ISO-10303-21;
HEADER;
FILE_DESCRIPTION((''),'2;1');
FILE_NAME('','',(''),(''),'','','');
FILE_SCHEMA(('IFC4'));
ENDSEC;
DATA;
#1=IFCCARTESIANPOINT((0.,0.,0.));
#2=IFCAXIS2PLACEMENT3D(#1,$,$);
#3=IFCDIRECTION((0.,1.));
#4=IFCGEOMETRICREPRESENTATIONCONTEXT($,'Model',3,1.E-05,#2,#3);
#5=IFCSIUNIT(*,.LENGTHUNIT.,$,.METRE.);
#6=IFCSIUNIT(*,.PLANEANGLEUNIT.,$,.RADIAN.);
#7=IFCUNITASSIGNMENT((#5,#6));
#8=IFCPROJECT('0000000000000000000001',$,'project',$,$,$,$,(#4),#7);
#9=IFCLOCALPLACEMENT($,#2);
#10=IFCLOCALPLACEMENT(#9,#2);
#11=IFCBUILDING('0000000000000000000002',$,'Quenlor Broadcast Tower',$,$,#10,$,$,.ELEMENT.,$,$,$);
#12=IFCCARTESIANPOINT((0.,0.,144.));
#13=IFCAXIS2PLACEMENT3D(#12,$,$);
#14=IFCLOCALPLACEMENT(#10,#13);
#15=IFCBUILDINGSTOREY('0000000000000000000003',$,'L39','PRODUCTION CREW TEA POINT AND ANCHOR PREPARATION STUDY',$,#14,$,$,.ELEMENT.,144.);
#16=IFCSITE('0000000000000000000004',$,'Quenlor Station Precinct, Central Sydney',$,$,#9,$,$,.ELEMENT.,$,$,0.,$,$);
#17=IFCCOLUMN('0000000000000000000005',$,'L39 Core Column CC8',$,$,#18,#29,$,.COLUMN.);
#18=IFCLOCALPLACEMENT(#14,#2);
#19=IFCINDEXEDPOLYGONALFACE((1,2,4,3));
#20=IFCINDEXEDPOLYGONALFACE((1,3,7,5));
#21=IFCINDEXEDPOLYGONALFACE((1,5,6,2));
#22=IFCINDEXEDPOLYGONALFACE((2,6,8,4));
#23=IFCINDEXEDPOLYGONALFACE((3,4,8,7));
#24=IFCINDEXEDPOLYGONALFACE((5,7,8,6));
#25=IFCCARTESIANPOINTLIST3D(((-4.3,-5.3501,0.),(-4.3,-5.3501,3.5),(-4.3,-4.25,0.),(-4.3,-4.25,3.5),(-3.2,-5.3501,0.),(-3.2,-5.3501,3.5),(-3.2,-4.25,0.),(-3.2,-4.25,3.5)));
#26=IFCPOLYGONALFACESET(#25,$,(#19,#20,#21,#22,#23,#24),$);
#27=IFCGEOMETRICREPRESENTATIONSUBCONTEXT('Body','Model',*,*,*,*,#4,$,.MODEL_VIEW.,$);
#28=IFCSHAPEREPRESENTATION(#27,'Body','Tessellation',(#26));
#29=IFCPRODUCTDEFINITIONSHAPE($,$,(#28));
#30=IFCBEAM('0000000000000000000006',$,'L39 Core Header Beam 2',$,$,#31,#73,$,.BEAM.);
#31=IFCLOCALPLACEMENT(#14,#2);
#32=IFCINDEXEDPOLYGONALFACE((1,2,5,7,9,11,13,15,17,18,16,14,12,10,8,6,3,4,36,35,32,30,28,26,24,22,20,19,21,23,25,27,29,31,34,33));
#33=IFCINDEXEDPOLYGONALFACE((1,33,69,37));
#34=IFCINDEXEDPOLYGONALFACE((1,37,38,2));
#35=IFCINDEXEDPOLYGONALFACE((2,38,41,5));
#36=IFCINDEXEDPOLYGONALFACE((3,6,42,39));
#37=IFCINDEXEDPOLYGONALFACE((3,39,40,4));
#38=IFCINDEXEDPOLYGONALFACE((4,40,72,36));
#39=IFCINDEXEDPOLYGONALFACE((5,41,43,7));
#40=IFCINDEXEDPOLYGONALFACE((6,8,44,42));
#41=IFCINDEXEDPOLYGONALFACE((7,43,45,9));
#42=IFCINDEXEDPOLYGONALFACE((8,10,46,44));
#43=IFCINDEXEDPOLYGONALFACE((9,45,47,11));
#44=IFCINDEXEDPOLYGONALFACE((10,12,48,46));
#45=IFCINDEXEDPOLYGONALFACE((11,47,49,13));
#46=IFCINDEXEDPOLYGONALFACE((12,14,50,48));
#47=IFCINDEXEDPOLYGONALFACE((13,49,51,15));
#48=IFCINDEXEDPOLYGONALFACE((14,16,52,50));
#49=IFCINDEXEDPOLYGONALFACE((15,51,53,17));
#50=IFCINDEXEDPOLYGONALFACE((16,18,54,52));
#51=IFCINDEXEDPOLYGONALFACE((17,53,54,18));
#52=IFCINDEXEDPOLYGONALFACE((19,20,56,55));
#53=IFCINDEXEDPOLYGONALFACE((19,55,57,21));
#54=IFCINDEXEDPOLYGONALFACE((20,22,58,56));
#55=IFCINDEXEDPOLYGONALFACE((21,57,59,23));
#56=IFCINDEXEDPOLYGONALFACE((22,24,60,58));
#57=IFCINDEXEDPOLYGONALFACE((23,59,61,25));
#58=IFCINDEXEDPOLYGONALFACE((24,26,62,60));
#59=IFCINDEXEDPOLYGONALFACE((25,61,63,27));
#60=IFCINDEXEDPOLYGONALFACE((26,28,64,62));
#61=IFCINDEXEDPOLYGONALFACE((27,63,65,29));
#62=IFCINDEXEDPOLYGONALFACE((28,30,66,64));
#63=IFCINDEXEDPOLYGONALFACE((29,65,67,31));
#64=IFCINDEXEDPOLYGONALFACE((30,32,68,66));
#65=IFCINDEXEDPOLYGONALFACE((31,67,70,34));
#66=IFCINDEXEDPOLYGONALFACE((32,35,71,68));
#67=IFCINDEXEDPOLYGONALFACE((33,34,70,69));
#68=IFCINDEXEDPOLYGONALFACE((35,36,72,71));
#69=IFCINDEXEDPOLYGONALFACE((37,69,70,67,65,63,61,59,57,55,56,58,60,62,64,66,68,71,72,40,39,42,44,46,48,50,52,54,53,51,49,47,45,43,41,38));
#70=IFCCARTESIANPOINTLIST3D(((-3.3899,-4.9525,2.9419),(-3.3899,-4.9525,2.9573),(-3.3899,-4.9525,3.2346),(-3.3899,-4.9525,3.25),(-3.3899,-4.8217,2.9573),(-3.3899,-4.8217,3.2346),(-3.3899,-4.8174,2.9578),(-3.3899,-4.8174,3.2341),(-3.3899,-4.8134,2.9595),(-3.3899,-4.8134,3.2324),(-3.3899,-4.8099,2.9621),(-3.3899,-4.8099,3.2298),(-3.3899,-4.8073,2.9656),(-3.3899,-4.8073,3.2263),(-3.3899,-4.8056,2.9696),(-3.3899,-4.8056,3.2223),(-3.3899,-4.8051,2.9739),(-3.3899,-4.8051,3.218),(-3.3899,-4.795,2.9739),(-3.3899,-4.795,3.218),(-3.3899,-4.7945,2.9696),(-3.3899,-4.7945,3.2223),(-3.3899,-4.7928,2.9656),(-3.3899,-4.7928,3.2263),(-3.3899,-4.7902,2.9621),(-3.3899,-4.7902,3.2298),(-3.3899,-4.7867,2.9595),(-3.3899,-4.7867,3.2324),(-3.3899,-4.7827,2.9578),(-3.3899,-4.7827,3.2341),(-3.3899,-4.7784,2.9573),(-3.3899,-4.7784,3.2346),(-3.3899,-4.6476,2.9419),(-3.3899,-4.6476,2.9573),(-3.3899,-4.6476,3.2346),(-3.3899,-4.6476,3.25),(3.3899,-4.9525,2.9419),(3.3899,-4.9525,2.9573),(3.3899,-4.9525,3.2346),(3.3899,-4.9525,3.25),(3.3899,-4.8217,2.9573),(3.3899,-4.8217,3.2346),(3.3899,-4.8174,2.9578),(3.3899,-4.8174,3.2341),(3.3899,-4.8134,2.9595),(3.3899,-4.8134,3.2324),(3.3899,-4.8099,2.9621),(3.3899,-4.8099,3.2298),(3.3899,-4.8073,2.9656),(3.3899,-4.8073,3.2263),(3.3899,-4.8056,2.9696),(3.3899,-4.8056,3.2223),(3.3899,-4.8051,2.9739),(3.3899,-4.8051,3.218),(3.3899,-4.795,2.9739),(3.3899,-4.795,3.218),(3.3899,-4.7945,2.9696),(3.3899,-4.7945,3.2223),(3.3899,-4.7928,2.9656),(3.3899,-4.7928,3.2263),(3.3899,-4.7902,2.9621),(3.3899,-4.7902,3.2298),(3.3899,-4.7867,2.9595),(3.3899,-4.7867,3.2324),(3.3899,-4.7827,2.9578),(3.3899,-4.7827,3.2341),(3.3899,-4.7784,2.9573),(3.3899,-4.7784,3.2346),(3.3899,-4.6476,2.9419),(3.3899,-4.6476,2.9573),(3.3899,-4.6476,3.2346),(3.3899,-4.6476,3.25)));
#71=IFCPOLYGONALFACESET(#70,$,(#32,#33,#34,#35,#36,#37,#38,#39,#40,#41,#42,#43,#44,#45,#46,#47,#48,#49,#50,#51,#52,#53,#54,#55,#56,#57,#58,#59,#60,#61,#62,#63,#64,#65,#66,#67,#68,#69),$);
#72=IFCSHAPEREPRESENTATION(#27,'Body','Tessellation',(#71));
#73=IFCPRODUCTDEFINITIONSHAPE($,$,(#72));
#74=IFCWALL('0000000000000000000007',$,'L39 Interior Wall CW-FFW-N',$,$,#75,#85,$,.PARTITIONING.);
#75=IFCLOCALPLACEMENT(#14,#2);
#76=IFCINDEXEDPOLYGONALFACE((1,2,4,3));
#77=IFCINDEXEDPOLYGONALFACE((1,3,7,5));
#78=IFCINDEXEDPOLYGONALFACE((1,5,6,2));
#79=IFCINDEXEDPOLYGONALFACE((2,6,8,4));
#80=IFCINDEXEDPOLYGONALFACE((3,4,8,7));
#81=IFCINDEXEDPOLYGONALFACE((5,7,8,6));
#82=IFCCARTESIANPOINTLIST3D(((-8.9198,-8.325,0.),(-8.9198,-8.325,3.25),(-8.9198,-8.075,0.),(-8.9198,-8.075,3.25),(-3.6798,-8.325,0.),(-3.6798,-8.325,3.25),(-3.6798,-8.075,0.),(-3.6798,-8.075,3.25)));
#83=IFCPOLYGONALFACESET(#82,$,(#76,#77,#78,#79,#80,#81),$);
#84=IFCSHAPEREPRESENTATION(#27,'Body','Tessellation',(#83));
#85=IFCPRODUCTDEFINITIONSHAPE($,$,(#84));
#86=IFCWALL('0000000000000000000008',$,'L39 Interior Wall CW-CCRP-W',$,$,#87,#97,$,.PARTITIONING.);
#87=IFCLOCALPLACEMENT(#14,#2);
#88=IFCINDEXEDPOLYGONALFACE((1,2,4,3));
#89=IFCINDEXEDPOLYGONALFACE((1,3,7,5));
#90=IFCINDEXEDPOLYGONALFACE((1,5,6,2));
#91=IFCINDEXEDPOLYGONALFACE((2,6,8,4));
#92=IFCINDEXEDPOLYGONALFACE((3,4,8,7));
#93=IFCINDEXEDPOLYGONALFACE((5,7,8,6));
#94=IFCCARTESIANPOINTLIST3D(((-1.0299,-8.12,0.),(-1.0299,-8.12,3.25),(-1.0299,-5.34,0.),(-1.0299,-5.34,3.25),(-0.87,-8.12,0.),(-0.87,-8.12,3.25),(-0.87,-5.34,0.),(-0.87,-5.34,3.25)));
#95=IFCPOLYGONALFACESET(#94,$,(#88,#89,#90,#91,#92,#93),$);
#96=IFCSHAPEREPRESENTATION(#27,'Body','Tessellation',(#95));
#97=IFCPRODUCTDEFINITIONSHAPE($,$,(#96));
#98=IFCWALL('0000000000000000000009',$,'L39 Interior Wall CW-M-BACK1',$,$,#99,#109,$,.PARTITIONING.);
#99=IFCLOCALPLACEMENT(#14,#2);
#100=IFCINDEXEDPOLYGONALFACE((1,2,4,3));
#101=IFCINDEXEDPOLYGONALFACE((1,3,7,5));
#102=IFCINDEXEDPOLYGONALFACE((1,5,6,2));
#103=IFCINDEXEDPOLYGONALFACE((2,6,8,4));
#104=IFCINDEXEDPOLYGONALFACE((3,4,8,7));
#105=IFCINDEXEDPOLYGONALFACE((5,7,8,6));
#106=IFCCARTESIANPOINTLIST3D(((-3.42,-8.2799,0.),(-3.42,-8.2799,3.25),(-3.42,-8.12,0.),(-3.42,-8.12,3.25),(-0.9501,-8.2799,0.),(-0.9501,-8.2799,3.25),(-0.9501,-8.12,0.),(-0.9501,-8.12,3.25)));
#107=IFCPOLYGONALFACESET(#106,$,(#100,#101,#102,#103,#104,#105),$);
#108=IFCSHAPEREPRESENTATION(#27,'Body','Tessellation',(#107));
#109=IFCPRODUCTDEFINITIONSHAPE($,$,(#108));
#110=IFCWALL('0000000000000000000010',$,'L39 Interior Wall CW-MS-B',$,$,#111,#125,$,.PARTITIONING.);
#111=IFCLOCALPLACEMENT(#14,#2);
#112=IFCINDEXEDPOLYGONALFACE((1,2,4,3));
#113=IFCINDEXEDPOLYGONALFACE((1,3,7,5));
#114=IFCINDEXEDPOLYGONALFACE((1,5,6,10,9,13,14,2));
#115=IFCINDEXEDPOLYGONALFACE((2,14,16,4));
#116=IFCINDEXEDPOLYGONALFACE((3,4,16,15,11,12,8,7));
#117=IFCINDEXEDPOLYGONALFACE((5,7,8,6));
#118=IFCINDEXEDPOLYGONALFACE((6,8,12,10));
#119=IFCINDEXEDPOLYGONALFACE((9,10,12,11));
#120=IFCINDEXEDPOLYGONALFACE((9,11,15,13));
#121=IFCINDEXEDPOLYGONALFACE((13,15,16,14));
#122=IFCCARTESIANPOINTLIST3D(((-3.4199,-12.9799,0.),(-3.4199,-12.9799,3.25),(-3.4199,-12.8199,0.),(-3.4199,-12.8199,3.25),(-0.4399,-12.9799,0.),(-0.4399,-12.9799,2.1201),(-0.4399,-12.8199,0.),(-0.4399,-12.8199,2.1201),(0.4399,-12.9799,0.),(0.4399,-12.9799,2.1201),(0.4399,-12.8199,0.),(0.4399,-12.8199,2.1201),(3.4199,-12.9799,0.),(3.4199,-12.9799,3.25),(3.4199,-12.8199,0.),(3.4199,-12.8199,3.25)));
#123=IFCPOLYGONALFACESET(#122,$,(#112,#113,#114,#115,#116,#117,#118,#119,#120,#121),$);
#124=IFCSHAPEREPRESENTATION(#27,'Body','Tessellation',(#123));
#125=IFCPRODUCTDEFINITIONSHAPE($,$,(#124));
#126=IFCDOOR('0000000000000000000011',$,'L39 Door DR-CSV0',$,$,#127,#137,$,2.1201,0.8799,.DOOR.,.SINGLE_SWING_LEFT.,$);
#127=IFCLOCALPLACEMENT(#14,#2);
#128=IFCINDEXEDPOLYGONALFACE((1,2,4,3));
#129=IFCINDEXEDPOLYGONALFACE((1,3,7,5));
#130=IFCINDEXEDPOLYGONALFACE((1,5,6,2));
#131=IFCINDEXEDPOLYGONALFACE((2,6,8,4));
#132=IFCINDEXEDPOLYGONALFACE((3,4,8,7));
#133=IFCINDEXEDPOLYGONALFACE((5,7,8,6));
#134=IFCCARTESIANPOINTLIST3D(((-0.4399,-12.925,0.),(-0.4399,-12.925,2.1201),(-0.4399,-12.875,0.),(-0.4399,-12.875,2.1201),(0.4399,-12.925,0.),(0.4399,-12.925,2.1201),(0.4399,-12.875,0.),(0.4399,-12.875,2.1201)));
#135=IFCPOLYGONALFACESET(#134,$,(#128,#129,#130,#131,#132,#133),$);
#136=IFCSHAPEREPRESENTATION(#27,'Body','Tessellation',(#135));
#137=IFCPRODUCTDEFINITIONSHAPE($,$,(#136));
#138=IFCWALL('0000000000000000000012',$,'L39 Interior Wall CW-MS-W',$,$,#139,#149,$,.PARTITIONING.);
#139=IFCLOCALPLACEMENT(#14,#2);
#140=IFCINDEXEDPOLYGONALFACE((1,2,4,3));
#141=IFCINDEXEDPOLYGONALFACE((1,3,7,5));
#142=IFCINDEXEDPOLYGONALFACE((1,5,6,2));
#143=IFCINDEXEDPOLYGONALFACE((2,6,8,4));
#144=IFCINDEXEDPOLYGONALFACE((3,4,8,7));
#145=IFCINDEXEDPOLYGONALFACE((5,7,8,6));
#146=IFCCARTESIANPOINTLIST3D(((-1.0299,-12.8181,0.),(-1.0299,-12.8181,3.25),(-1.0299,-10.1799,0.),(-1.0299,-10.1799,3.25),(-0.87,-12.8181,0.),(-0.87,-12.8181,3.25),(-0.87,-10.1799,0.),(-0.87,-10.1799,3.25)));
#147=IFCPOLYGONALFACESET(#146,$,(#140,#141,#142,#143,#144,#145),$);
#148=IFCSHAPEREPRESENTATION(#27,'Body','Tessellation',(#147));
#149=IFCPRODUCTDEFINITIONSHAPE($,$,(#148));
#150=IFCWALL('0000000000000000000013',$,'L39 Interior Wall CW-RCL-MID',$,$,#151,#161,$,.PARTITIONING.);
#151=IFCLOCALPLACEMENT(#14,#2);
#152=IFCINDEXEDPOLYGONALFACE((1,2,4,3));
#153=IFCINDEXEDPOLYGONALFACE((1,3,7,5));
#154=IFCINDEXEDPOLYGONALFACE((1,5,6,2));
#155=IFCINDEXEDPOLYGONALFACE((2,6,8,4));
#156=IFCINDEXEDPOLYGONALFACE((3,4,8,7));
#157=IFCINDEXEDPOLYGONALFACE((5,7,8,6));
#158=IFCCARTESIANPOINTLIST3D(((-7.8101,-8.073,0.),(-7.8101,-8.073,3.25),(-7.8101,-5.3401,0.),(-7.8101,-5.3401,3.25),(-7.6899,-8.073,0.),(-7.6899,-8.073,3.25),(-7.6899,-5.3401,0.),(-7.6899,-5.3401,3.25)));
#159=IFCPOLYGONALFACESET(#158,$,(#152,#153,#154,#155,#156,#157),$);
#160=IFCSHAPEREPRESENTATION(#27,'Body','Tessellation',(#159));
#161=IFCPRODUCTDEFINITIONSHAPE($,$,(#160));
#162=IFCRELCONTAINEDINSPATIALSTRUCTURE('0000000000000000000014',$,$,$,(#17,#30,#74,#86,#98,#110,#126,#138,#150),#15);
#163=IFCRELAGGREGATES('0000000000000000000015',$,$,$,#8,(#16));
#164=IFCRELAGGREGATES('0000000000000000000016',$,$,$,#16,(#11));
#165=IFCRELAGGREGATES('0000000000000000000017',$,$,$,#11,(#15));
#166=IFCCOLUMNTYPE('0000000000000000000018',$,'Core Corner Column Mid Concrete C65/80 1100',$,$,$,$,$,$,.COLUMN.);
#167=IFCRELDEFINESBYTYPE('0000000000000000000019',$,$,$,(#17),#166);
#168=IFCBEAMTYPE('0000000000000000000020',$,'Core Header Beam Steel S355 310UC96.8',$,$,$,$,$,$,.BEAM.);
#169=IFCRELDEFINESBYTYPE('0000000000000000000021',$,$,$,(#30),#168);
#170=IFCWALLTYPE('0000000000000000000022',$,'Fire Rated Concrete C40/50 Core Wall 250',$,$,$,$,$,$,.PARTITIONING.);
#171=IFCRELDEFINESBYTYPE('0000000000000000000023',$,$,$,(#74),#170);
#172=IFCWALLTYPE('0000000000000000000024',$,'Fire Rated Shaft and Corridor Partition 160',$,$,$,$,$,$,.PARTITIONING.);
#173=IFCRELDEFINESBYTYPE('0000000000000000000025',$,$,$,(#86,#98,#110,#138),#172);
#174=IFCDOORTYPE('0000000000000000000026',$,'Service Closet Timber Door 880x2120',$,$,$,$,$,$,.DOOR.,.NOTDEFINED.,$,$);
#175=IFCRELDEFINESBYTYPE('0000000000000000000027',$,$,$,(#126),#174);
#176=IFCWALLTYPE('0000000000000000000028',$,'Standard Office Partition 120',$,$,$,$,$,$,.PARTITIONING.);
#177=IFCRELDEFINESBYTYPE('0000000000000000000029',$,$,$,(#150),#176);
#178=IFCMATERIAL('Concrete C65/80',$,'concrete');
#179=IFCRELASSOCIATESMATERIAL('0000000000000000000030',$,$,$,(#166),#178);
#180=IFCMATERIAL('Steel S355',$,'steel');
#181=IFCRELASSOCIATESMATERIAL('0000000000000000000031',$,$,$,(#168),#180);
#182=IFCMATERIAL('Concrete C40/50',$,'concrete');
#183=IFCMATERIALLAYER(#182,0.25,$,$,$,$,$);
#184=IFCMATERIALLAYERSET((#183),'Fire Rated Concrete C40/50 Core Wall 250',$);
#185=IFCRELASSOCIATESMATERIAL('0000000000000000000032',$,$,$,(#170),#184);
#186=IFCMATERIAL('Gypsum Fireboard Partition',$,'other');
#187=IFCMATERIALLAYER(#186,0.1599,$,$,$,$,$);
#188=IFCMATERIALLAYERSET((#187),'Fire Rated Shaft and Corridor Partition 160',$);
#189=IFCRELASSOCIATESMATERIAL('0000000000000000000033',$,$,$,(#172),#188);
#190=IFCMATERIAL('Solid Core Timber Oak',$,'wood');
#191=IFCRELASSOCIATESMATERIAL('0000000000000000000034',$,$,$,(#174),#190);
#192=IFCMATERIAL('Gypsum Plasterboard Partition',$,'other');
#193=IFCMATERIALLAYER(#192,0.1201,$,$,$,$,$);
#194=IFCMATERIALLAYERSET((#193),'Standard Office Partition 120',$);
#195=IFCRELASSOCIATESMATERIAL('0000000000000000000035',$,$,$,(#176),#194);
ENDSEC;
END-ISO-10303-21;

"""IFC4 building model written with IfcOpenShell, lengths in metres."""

from ifc_helpers import new_model, si_unit, direction, frame, frame_2d, origin, origin_2d, place, context, subcontext, project, spatial, rectangle, i_section, extrude, material, layer, layer_set, material_profile, profile_set, type_object, element, fill, save


model = new_model("IFC4")

# Units and contexts
model_context = context("Model", 3, precision=1e-05, world=origin(), true_north=direction((0.0, 1.0)))
body_context = subcontext(model_context, "Body", "Model", "MODEL_VIEW")
ifc_project = project(units=[si_unit("LENGTHUNIT", "METRE"), si_unit("PLANEANGLEUNIT", "RADIAN")], contexts=[model_context])

# Site, building, storey
site_placement = place(None, origin())
site = spatial("IfcSite", under=ifc_project, at=site_placement, Name="Quenlor Station Precinct, Central Sydney", CompositionType="ELEMENT", RefElevation=0.0)
building_placement = place(site_placement, origin())
building = spatial("IfcBuilding", under=site, at=building_placement, Name="Quenlor Broadcast Tower", CompositionType="ELEMENT")
storey_placement = place(building_placement, frame((0.0, 0.0, 144.0)))
storey = spatial("IfcBuildingStorey", under=building, at=storey_placement, Name="L39", Description="PRODUCTION CREW TEA POINT AND ANCHOR PREPARATION STUDY", CompositionType="ELEMENT", Elevation=144.0)

# Column
ifc_material_1 = material(Name="Concrete C65/80", Category="concrete")
ifc_material_profile_1 = material_profile(ifc_material_1, rectangle(XDim=1.1001, YDim=1.1001, at=origin_2d()))
ifc_profile_set_1 = profile_set([ifc_material_profile_1], Name="Concrete C65/80 RC1100x1100")
column_type = type_object("IfcColumnType", Name="Core Corner Column Mid Concrete C65/80 1100", PredefinedType="COLUMN", material=ifc_profile_set_1)
column_placement = place(storey_placement, frame((-3.75, -4.8, 0.0), z_axis=(0.0, 0.0, 1.0), x_axis=(1.0, 0.0, 0.0)))
element("IfcColumn", 1, at=column_placement, inside=storey, type_object=column_type, Name="L39 Core Column CC8", PredefinedType="COLUMN", context=body_context, shape_type="SweptSolid", body=[
    extrude(rectangle(XDim=1.1001, YDim=1.1001, at=origin_2d()), origin(), (0.0, 0.0, 1.0), 3.5),
])

# Beam
ifc_material_2 = material(Name="Steel S355", Category="steel")
ifc_material_profile_2 = material_profile(ifc_material_2, i_section(OverallWidth=0.3049, OverallDepth=0.3081, WebThickness=0.01, FlangeThickness=0.0154, FilletRadius=0.0166, at=origin_2d()))
ifc_profile_set_2 = profile_set([ifc_material_profile_2], Name="Steel S355 310UC96.8")
beam_type = type_object("IfcBeamType", Name="Core Header Beam Steel S355 310UC96.8", PredefinedType="BEAM", material=ifc_profile_set_2)
beam_placement = place(storey_placement, frame((-3.3899, -4.8, 3.0959), z_axis=(1.0, 0.0, 0.0), x_axis=(0.0, 1.0, 0.0)))
element("IfcBeam", 2, at=beam_placement, inside=storey, type_object=beam_type, Name="L39 Core Header Beam 2", PredefinedType="BEAM", context=body_context, shape_type="SweptSolid", body=[
    extrude(i_section(OverallWidth=0.3049, OverallDepth=0.3081, WebThickness=0.01, FlangeThickness=0.0154, FilletRadius=0.0166, at=origin_2d()), origin(), (0.0, 0.0, 1.0), 6.7798),
])

# Shared definitions
ifc_material_3 = material(Name="Concrete C40/50", Category="concrete")
ifc_layer_1 = layer(ifc_material_3, 0.25)
ifc_layer_set_1 = layer_set([ifc_layer_1], Name="Fire Rated Concrete C40/50 Core Wall 250")
wall_type_1 = type_object("IfcWallType", Name="Fire Rated Concrete C40/50 Core Wall 250", PredefinedType="PARTITIONING", material=ifc_layer_set_1)

# Wall
wall_1_placement = place(storey_placement, frame((-8.9199, -8.2, 0.0), z_axis=(0.0, 0.0, 1.0), x_axis=(1.0, 0.0, 0.0)))
element("IfcWall", 3, at=wall_1_placement, inside=storey, type_object=wall_type_1, Name="L39 Interior Wall CW-FFW-N", PredefinedType="PARTITIONING", context=body_context, shape_type="SweptSolid", body=[
    extrude(rectangle(XDim=5.24, YDim=0.25, at=frame_2d((2.6201, 0.0))), origin(), (0.0, 0.0, 1.0), 3.25),
])

# Walls
ifc_material_4 = material(Name="Gypsum Fireboard Partition", Category="other")
ifc_layer_2 = layer(ifc_material_4, 0.1599)
ifc_layer_set_2 = layer_set([ifc_layer_2], Name="Fire Rated Shaft and Corridor Partition 160")
wall_type_2 = type_object("IfcWallType", Name="Fire Rated Shaft and Corridor Partition 160", PredefinedType="PARTITIONING", material=ifc_layer_set_2)
wall_2_placement = place(storey_placement, frame((-0.95, -8.1201, 0.0), z_axis=(0.0, 0.0, 1.0), x_axis=(0.0, 1.0, 0.0)))
element("IfcWall", 4, at=wall_2_placement, inside=storey, type_object=wall_type_2, Name="L39 Interior Wall CW-CCRP-W", PredefinedType="PARTITIONING", context=body_context, shape_type="SweptSolid", body=[
    extrude(rectangle(XDim=2.78, YDim=0.1599, at=frame_2d((1.3901, 0.0))), origin(), (0.0, 0.0, 1.0), 3.25),
])
wall_3_placement = place(storey_placement, frame((-3.4199, -8.2, 0.0), z_axis=(0.0, 0.0, 1.0), x_axis=(1.0, 0.0, 0.0)))
element("IfcWall", 5, at=wall_3_placement, inside=storey, type_object=wall_type_2, Name="L39 Interior Wall CW-M-BACK1", PredefinedType="PARTITIONING", context=body_context, shape_type="SweptSolid", body=[
    extrude(rectangle(XDim=2.47, YDim=0.1599, at=frame_2d((1.2349, 0.0))), origin(), (0.0, 0.0, 1.0), 3.25),
])

# Wall, opening, door
wall_4_placement = place(storey_placement, frame((-3.4199, -12.8999, 0.0), z_axis=(0.0, 0.0, 1.0), x_axis=(1.0, 0.0, 0.0)))
wall_4 = element("IfcWall", 6, at=wall_4_placement, inside=storey, type_object=wall_type_2, Name="L39 Interior Wall CW-MS-B", PredefinedType="PARTITIONING", context=body_context, shape_type="SweptSolid", body=[
    extrude(rectangle(XDim=6.8398, YDim=0.1599, at=frame_2d((3.4199, 0.0))), origin(), (0.0, 0.0, 1.0), 3.25),
])
opening_1_placement = place(wall_4_placement, frame((2.98, 0.0, 0.0)))
opening_1 = element("IfcOpeningElement", 7, at=opening_1_placement, cuts=wall_4, PredefinedType="OPENING", context=body_context, shape_type="SweptSolid", body=[
    extrude(rectangle(XDim=0.8799, YDim=2.1201, at=frame_2d((0.4399, 1.0601))), frame((0.0, 0.0898, 0.0), z_axis=(0.0, -1.0, 0.0), x_axis=(1.0, 0.0, 0.0)), (0.0, 0.0, 1.0), 0.1799),
])
ifc_material_5 = material(Name="Solid Core Timber Oak", Category="wood")
door_type_1 = type_object("IfcDoorType", Name="Service Closet Timber Door 880x2120", OperationType="NOTDEFINED", PredefinedType="DOOR", material=ifc_material_5)
door_1_placement = place(opening_1_placement, origin())
door_1 = element("IfcDoor", 8, at=door_1_placement, inside=storey, type_object=door_type_1, Name="L39 Door DR-CSV0", OperationType="SINGLE_SWING_LEFT", OverallHeight=2.1201, OverallWidth=0.8799, PredefinedType="DOOR", context=body_context, shape_type="SweptSolid", body=[
    extrude(rectangle(XDim=0.8799, YDim=2.1201, at=frame_2d((0.4399, 1.0601))), frame((0.0, 0.0249, 0.0), z_axis=(0.0, -1.0, 0.0), x_axis=(1.0, 0.0, 0.0)), (0.0, 0.0, 1.0), 0.05),
])
fill(opening_1, door_1)

# Walls
wall_5_placement = place(storey_placement, frame((-0.95, -12.8181, 0.0), z_axis=(0.0, 0.0, 1.0), x_axis=(0.0, 1.0, 0.0)))
element("IfcWall", 9, at=wall_5_placement, inside=storey, type_object=wall_type_2, Name="L39 Interior Wall CW-MS-W", PredefinedType="PARTITIONING", context=body_context, shape_type="SweptSolid", body=[
    extrude(rectangle(XDim=2.6382, YDim=0.1599, at=frame_2d((1.3191, 0.0))), origin(), (0.0, 0.0, 1.0), 3.25),
])
ifc_material_6 = material(Name="Gypsum Plasterboard Partition", Category="other")
ifc_layer_3 = layer(ifc_material_6, 0.1201)
ifc_layer_set_3 = layer_set([ifc_layer_3], Name="Standard Office Partition 120")
wall_type_3 = type_object("IfcWallType", Name="Standard Office Partition 120", PredefinedType="PARTITIONING", material=ifc_layer_set_3)
wall_6_placement = place(storey_placement, frame((-7.75, -8.073, 0.0), z_axis=(0.0, 0.0, 1.0), x_axis=(0.0, 1.0, 0.0)))
element("IfcWall", 10, at=wall_6_placement, inside=storey, type_object=wall_type_3, Name="L39 Interior Wall CW-RCL-MID", PredefinedType="PARTITIONING", context=body_context, shape_type="SweptSolid", body=[
    extrude(rectangle(XDim=2.7329, YDim=0.1201, at=frame_2d((1.3665, 0.0))), origin(), (0.0, 0.0, 1.0), 3.25),
])

save(model, "model.ifc")
